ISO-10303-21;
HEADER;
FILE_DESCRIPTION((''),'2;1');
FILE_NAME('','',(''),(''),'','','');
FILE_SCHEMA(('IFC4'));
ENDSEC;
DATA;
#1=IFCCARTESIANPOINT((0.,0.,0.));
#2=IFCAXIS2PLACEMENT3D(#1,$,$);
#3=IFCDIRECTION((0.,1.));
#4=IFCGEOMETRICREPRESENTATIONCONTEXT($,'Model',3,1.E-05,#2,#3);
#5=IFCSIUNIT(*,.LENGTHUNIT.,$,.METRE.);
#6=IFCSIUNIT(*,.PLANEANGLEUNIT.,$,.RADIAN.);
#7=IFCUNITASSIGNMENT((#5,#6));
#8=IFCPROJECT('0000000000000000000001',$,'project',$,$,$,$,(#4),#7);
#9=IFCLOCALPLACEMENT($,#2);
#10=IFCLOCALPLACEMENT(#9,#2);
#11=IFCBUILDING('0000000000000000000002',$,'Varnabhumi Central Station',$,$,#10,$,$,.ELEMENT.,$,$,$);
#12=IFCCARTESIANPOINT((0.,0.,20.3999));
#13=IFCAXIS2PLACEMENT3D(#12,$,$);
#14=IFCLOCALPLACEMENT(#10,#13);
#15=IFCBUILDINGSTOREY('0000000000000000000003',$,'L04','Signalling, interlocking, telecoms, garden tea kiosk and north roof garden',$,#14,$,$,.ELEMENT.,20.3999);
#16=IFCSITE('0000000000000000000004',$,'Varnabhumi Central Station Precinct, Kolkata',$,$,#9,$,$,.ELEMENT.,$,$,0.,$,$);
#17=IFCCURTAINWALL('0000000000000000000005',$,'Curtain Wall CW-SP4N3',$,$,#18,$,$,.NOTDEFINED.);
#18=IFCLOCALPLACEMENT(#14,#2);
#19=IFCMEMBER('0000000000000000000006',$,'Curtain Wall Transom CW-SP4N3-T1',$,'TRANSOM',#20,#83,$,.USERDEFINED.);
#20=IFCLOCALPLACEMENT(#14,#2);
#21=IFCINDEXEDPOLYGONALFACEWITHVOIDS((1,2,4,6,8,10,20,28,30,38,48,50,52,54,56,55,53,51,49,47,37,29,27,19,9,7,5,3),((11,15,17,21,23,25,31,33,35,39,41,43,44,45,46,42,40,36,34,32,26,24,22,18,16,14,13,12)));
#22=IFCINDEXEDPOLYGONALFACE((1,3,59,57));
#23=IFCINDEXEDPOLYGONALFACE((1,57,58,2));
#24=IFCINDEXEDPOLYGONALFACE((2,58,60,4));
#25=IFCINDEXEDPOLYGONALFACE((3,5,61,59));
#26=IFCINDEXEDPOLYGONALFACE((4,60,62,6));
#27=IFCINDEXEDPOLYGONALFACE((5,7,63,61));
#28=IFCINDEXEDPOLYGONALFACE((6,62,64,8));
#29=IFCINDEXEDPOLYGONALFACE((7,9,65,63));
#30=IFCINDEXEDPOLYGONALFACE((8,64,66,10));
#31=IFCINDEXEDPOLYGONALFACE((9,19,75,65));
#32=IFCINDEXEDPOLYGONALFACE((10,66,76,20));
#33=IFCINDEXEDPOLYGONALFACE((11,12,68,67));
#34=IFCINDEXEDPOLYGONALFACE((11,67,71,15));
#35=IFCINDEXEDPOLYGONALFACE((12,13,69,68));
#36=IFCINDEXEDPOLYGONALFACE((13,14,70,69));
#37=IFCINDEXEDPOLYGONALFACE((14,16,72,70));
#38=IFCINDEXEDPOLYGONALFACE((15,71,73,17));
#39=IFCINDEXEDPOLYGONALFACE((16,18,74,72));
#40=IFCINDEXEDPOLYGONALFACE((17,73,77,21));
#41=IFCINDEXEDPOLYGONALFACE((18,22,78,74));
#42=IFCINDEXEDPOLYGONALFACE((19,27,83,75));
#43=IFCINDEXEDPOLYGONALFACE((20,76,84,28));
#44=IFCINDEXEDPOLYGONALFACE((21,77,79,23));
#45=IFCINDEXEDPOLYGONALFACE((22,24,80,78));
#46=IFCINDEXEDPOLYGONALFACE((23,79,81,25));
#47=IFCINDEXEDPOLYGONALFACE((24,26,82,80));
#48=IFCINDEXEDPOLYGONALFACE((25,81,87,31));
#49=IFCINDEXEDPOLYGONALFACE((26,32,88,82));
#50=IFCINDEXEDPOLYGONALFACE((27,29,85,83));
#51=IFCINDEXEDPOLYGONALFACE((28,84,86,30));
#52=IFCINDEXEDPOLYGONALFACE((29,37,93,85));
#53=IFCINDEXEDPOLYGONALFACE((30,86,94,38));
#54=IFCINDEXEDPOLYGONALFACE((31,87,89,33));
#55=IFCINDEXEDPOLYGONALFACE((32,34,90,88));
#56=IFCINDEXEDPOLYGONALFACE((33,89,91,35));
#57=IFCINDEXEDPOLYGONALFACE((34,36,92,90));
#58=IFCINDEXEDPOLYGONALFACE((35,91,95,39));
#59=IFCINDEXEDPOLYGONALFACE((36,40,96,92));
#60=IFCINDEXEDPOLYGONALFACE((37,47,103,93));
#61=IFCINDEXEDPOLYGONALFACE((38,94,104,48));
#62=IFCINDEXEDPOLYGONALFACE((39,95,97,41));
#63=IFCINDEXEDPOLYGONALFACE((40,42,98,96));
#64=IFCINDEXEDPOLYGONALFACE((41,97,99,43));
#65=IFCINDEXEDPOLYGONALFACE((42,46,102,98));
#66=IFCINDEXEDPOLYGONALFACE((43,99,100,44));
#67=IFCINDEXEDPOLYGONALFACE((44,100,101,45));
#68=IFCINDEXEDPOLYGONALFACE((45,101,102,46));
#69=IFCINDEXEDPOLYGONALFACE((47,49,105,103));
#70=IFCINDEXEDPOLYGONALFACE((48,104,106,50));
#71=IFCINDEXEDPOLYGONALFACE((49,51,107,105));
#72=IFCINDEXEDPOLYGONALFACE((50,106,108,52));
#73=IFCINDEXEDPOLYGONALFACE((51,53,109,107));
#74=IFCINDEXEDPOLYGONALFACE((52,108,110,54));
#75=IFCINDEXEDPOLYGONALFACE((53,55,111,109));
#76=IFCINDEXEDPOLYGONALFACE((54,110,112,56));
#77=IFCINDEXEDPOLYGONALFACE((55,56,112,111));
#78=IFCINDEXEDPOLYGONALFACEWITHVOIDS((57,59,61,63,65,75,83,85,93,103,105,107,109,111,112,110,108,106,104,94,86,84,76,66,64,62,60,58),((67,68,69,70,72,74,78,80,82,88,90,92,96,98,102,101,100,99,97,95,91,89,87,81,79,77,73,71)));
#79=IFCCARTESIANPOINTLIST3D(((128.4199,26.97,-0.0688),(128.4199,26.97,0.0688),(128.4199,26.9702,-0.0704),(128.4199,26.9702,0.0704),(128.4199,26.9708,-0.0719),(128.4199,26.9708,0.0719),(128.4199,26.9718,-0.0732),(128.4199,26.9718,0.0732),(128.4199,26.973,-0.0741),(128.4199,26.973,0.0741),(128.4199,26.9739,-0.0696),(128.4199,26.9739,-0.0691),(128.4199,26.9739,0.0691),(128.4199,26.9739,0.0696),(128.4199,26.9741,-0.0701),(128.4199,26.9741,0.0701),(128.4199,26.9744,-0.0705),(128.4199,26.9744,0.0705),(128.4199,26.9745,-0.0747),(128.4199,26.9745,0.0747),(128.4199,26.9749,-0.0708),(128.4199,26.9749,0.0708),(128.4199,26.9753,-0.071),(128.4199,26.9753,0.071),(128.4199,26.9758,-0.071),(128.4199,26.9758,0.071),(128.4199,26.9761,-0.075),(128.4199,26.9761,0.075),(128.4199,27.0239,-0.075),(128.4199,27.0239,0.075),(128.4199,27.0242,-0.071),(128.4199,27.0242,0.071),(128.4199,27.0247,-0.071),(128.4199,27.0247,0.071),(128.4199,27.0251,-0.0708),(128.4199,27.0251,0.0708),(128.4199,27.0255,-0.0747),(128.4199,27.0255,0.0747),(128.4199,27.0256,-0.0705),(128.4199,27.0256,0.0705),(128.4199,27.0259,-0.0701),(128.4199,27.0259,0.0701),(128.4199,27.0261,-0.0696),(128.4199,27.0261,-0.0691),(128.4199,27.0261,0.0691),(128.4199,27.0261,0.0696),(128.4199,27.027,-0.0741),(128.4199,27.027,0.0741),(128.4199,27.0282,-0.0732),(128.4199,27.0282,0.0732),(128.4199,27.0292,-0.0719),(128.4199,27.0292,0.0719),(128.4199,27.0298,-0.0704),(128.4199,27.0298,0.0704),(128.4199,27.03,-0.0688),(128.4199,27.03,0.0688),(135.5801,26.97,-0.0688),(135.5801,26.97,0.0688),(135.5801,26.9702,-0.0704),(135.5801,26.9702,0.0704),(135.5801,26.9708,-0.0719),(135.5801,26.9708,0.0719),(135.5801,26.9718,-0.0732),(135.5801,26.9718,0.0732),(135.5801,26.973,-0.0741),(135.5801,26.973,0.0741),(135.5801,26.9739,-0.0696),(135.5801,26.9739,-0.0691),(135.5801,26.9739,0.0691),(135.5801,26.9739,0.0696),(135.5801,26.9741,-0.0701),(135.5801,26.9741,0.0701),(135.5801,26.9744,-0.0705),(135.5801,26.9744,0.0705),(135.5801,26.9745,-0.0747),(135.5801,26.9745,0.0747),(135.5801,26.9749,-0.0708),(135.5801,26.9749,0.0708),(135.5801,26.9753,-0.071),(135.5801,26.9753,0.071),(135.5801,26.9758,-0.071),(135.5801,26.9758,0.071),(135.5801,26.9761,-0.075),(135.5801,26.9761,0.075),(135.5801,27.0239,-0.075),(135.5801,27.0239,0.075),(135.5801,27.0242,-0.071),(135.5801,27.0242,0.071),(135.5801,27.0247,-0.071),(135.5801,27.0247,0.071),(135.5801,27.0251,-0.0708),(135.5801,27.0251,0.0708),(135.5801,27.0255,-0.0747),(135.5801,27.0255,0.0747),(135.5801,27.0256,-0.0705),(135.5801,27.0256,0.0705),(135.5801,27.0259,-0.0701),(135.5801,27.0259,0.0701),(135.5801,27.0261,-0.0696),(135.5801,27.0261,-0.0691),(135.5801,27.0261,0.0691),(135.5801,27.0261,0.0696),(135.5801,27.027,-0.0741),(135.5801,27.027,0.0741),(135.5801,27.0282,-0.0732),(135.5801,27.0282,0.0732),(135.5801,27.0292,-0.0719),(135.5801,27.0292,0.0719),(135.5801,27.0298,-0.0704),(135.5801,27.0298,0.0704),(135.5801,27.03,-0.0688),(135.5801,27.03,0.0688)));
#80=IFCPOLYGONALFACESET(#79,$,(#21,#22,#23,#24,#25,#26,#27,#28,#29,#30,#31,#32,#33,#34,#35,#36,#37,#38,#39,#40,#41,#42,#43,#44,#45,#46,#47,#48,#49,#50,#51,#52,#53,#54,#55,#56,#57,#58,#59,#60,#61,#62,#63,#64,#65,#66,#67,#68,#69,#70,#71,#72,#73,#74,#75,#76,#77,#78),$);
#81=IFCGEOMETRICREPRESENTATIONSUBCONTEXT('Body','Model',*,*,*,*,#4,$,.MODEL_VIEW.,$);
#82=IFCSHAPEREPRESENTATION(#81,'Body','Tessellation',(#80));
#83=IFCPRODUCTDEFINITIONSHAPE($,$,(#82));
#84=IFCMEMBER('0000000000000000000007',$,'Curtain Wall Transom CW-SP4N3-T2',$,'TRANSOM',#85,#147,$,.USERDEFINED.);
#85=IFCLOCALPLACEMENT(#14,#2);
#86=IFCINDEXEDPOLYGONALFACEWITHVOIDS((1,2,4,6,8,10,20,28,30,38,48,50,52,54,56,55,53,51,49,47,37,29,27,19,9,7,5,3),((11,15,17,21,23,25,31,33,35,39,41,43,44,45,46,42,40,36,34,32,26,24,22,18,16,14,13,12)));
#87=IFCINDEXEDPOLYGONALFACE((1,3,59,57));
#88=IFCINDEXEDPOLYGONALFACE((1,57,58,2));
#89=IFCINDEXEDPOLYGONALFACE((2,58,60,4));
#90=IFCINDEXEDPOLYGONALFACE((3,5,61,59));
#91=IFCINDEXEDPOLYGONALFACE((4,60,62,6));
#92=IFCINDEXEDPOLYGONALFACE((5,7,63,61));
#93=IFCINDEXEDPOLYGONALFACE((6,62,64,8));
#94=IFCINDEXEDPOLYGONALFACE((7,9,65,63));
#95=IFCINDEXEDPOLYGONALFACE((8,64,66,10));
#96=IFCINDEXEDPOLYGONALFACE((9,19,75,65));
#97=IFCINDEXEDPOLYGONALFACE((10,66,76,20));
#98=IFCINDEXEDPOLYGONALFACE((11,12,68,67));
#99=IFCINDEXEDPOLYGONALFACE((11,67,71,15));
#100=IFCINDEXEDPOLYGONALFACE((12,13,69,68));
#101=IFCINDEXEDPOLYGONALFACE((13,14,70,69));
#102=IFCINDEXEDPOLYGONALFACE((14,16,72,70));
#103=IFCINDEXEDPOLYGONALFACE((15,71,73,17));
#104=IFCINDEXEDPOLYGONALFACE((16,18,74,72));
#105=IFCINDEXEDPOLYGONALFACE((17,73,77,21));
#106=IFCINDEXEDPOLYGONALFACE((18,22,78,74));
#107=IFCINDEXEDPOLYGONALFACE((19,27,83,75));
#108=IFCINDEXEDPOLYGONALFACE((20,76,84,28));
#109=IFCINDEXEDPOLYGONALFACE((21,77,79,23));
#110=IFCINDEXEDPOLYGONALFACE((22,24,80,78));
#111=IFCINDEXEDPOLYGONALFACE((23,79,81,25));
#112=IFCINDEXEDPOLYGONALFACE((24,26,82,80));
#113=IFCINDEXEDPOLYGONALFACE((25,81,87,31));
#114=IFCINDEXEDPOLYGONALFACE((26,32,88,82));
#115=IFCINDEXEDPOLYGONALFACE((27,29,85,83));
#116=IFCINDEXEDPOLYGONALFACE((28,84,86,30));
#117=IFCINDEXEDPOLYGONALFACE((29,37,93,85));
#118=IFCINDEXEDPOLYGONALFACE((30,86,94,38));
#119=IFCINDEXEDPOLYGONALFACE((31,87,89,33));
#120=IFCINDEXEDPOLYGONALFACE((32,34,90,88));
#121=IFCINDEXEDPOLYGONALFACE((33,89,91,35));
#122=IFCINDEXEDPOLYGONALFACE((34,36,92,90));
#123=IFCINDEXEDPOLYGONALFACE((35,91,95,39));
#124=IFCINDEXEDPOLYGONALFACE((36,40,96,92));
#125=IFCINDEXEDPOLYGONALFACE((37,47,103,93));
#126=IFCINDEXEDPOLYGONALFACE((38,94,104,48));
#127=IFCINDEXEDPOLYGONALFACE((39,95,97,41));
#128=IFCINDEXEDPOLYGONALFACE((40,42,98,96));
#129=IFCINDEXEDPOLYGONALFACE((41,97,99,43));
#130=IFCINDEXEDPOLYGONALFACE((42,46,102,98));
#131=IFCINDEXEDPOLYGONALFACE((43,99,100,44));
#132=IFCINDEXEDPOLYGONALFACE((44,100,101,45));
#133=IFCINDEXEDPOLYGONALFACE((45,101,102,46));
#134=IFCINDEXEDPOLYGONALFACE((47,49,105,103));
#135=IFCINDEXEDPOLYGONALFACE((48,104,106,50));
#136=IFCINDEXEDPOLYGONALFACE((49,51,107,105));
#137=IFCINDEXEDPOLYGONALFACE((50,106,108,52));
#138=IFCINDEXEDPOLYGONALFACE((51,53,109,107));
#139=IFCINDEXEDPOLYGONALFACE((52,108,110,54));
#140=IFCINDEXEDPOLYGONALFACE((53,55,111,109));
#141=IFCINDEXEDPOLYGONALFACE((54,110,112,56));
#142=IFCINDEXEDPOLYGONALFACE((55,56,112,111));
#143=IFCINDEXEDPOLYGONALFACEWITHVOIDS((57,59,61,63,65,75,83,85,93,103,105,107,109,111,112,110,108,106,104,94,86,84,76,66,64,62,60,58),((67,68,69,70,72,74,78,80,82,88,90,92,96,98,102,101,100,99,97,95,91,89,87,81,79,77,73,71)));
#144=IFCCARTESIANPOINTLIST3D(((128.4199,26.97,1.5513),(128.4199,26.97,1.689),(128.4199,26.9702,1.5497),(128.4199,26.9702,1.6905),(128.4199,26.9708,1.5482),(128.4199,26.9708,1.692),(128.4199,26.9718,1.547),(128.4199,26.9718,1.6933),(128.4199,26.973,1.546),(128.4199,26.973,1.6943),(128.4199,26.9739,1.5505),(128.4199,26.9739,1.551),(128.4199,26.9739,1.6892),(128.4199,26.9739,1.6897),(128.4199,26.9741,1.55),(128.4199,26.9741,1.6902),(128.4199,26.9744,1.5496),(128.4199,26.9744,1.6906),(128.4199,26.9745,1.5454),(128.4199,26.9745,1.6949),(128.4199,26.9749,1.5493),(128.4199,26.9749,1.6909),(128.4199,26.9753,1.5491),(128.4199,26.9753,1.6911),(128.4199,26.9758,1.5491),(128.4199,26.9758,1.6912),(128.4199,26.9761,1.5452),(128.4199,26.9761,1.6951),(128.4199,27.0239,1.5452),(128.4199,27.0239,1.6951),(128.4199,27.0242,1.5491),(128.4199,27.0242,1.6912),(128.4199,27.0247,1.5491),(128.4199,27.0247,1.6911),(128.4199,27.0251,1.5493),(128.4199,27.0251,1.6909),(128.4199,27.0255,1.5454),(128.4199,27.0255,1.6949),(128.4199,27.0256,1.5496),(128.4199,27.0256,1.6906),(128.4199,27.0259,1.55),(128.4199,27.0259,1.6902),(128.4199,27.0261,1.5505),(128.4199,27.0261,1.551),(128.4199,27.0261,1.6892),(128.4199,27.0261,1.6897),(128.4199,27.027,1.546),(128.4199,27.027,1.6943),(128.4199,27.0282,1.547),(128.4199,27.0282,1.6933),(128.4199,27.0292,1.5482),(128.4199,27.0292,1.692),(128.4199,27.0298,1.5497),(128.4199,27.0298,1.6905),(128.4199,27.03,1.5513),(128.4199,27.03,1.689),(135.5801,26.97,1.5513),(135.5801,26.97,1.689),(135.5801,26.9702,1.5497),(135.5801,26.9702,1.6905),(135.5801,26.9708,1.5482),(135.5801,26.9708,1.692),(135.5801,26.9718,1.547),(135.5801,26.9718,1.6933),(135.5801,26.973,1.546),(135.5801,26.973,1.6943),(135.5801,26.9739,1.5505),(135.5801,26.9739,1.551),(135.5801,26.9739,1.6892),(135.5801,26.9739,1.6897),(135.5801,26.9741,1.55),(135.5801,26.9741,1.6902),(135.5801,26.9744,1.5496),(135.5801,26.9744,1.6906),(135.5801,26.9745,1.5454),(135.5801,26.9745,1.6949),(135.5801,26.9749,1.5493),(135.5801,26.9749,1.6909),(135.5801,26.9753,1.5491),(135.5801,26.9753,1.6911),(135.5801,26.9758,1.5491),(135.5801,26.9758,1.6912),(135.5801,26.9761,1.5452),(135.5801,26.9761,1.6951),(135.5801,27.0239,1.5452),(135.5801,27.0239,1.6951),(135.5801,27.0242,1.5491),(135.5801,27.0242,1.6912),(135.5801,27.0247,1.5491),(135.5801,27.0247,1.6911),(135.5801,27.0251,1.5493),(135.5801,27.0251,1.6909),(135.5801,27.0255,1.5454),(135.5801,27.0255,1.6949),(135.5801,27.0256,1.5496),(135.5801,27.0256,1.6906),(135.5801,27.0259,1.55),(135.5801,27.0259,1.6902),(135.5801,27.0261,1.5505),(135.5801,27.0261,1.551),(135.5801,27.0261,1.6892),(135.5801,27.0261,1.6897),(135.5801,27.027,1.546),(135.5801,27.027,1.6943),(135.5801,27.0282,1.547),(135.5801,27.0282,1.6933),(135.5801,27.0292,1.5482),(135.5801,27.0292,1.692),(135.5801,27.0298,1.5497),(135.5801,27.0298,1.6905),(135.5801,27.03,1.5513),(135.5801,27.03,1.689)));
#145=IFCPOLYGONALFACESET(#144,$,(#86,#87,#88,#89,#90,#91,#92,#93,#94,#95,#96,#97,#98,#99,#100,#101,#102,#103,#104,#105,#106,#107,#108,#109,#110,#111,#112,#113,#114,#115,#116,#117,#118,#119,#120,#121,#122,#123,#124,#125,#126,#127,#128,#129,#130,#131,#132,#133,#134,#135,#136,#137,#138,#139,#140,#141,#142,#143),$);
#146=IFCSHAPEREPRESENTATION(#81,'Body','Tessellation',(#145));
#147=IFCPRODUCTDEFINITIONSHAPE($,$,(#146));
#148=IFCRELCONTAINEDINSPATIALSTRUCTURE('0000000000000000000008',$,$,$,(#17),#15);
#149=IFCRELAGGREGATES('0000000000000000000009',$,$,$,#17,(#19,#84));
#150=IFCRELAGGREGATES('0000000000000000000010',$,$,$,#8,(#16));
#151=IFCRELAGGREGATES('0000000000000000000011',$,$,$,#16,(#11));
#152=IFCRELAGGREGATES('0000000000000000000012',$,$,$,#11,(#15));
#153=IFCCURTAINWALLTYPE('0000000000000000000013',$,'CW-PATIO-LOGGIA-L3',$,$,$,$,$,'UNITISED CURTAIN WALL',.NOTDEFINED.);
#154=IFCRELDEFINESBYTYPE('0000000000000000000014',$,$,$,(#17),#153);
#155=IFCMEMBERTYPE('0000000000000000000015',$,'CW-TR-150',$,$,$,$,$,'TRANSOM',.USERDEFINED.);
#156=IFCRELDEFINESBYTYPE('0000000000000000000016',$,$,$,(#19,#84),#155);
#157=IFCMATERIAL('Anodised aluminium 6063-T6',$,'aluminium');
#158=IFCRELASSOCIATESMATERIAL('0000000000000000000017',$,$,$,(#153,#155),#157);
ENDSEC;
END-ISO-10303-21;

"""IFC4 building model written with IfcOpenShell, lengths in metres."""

from ifc_helpers import new_model, si_unit, direction, frame, origin, origin_2d, place, context, subcontext, project, spatial, hollow_rectangle, extrude, material, material_profile, profile_set, type_object, element, aggregate, save


model = new_model("IFC4")

# Units and contexts
model_context = context("Model", 3, precision=1e-05, world=origin(), true_north=direction((0.0, 1.0)))
body_context = subcontext(model_context, "Body", "Model", "MODEL_VIEW")
ifc_project = project(units=[si_unit("LENGTHUNIT", "METRE"), si_unit("PLANEANGLEUNIT", "RADIAN")], contexts=[model_context])

# Site, building, storey
site_placement = place(None, origin())
site = spatial("IfcSite", under=ifc_project, at=site_placement, Name="Varnabhumi Central Station Precinct, Kolkata", CompositionType="ELEMENT", RefElevation=0.0)
building_placement = place(site_placement, origin())
building = spatial("IfcBuilding", under=site, at=building_placement, Name="Varnabhumi Central Station", CompositionType="ELEMENT")
storey_placement = place(building_placement, frame((0.0, 0.0, 20.3999)))
storey = spatial("IfcBuildingStorey", under=building, at=storey_placement, Name="L04", Description="Signalling, interlocking, telecoms, garden tea kiosk and north roof garden", CompositionType="ELEMENT", Elevation=20.3999)

# Shared definitions
ifc_material_1 = material(Name="Anodised aluminium 6063-T6", Category="aluminium")

# Shared definitions
curtain_wall_type_1 = type_object("IfcCurtainWallType", Name="CW-PATIO-LOGGIA-L3", ElementType="UNITISED CURTAIN WALL", PredefinedType="NOTDEFINED", material=ifc_material_1)

# Curtain wall
curtain_wall_1_placement = place(storey_placement, origin())
curtain_wall_1 = element("IfcCurtainWall", 1, at=curtain_wall_1_placement, inside=storey, type_object=curtain_wall_type_1, Name="Curtain Wall CW-SP4N3", PredefinedType="NOTDEFINED")

# Members
ifc_material_profile_1 = material_profile(ifc_material_1, hollow_rectangle(XDim=0.0601, YDim=0.1499, WallThickness=0.0039, InnerFilletRadius=0.002, OuterFilletRadius=0.0061, at=origin_2d()), Name="Anodised aluminium 6063-T6", Category="aluminium")
ifc_profile_set_1 = profile_set([ifc_material_profile_1], Name="Anodised aluminium 6063-T6")
member_type_1 = type_object("IfcMemberType", Name="CW-TR-150", ElementType="TRANSOM", PredefinedType="USERDEFINED", material=ifc_profile_set_1)
member_1_placement = place(storey_placement, frame((128.4199, 27.0, 0.0), z_axis=(1.0, 0.0, 0.0), x_axis=(0.0, 1.0, 0.0)))
member_1 = element("IfcMember", 2, at=member_1_placement, type_object=member_type_1, Name="Curtain Wall Transom CW-SP4N3-T1", ObjectType="TRANSOM", PredefinedType="USERDEFINED", context=body_context, shape_type="SweptSolid", body=[
    extrude(hollow_rectangle(XDim=0.0601, YDim=0.1499, WallThickness=0.0039, InnerFilletRadius=0.002, OuterFilletRadius=0.0061, at=origin_2d()), origin(), (0.0, 0.0, 1.0), 7.1602),
])
member_2_placement = place(storey_placement, frame((128.4199, 27.0, 1.6201), z_axis=(1.0, 0.0, 0.0), x_axis=(0.0, 1.0, 0.0)))
member_2 = element("IfcMember", 3, at=member_2_placement, type_object=member_type_1, Name="Curtain Wall Transom CW-SP4N3-T2", ObjectType="TRANSOM", PredefinedType="USERDEFINED", context=body_context, shape_type="SweptSolid", body=[
    extrude(hollow_rectangle(XDim=0.0601, YDim=0.1499, WallThickness=0.0039, InnerFilletRadius=0.002, OuterFilletRadius=0.0061, at=origin_2d()), origin(), (0.0, 0.0, 1.0), 7.1602),
])

aggregate(curtain_wall_1, [member_1, member_2])

save(model, "model.ifc")
